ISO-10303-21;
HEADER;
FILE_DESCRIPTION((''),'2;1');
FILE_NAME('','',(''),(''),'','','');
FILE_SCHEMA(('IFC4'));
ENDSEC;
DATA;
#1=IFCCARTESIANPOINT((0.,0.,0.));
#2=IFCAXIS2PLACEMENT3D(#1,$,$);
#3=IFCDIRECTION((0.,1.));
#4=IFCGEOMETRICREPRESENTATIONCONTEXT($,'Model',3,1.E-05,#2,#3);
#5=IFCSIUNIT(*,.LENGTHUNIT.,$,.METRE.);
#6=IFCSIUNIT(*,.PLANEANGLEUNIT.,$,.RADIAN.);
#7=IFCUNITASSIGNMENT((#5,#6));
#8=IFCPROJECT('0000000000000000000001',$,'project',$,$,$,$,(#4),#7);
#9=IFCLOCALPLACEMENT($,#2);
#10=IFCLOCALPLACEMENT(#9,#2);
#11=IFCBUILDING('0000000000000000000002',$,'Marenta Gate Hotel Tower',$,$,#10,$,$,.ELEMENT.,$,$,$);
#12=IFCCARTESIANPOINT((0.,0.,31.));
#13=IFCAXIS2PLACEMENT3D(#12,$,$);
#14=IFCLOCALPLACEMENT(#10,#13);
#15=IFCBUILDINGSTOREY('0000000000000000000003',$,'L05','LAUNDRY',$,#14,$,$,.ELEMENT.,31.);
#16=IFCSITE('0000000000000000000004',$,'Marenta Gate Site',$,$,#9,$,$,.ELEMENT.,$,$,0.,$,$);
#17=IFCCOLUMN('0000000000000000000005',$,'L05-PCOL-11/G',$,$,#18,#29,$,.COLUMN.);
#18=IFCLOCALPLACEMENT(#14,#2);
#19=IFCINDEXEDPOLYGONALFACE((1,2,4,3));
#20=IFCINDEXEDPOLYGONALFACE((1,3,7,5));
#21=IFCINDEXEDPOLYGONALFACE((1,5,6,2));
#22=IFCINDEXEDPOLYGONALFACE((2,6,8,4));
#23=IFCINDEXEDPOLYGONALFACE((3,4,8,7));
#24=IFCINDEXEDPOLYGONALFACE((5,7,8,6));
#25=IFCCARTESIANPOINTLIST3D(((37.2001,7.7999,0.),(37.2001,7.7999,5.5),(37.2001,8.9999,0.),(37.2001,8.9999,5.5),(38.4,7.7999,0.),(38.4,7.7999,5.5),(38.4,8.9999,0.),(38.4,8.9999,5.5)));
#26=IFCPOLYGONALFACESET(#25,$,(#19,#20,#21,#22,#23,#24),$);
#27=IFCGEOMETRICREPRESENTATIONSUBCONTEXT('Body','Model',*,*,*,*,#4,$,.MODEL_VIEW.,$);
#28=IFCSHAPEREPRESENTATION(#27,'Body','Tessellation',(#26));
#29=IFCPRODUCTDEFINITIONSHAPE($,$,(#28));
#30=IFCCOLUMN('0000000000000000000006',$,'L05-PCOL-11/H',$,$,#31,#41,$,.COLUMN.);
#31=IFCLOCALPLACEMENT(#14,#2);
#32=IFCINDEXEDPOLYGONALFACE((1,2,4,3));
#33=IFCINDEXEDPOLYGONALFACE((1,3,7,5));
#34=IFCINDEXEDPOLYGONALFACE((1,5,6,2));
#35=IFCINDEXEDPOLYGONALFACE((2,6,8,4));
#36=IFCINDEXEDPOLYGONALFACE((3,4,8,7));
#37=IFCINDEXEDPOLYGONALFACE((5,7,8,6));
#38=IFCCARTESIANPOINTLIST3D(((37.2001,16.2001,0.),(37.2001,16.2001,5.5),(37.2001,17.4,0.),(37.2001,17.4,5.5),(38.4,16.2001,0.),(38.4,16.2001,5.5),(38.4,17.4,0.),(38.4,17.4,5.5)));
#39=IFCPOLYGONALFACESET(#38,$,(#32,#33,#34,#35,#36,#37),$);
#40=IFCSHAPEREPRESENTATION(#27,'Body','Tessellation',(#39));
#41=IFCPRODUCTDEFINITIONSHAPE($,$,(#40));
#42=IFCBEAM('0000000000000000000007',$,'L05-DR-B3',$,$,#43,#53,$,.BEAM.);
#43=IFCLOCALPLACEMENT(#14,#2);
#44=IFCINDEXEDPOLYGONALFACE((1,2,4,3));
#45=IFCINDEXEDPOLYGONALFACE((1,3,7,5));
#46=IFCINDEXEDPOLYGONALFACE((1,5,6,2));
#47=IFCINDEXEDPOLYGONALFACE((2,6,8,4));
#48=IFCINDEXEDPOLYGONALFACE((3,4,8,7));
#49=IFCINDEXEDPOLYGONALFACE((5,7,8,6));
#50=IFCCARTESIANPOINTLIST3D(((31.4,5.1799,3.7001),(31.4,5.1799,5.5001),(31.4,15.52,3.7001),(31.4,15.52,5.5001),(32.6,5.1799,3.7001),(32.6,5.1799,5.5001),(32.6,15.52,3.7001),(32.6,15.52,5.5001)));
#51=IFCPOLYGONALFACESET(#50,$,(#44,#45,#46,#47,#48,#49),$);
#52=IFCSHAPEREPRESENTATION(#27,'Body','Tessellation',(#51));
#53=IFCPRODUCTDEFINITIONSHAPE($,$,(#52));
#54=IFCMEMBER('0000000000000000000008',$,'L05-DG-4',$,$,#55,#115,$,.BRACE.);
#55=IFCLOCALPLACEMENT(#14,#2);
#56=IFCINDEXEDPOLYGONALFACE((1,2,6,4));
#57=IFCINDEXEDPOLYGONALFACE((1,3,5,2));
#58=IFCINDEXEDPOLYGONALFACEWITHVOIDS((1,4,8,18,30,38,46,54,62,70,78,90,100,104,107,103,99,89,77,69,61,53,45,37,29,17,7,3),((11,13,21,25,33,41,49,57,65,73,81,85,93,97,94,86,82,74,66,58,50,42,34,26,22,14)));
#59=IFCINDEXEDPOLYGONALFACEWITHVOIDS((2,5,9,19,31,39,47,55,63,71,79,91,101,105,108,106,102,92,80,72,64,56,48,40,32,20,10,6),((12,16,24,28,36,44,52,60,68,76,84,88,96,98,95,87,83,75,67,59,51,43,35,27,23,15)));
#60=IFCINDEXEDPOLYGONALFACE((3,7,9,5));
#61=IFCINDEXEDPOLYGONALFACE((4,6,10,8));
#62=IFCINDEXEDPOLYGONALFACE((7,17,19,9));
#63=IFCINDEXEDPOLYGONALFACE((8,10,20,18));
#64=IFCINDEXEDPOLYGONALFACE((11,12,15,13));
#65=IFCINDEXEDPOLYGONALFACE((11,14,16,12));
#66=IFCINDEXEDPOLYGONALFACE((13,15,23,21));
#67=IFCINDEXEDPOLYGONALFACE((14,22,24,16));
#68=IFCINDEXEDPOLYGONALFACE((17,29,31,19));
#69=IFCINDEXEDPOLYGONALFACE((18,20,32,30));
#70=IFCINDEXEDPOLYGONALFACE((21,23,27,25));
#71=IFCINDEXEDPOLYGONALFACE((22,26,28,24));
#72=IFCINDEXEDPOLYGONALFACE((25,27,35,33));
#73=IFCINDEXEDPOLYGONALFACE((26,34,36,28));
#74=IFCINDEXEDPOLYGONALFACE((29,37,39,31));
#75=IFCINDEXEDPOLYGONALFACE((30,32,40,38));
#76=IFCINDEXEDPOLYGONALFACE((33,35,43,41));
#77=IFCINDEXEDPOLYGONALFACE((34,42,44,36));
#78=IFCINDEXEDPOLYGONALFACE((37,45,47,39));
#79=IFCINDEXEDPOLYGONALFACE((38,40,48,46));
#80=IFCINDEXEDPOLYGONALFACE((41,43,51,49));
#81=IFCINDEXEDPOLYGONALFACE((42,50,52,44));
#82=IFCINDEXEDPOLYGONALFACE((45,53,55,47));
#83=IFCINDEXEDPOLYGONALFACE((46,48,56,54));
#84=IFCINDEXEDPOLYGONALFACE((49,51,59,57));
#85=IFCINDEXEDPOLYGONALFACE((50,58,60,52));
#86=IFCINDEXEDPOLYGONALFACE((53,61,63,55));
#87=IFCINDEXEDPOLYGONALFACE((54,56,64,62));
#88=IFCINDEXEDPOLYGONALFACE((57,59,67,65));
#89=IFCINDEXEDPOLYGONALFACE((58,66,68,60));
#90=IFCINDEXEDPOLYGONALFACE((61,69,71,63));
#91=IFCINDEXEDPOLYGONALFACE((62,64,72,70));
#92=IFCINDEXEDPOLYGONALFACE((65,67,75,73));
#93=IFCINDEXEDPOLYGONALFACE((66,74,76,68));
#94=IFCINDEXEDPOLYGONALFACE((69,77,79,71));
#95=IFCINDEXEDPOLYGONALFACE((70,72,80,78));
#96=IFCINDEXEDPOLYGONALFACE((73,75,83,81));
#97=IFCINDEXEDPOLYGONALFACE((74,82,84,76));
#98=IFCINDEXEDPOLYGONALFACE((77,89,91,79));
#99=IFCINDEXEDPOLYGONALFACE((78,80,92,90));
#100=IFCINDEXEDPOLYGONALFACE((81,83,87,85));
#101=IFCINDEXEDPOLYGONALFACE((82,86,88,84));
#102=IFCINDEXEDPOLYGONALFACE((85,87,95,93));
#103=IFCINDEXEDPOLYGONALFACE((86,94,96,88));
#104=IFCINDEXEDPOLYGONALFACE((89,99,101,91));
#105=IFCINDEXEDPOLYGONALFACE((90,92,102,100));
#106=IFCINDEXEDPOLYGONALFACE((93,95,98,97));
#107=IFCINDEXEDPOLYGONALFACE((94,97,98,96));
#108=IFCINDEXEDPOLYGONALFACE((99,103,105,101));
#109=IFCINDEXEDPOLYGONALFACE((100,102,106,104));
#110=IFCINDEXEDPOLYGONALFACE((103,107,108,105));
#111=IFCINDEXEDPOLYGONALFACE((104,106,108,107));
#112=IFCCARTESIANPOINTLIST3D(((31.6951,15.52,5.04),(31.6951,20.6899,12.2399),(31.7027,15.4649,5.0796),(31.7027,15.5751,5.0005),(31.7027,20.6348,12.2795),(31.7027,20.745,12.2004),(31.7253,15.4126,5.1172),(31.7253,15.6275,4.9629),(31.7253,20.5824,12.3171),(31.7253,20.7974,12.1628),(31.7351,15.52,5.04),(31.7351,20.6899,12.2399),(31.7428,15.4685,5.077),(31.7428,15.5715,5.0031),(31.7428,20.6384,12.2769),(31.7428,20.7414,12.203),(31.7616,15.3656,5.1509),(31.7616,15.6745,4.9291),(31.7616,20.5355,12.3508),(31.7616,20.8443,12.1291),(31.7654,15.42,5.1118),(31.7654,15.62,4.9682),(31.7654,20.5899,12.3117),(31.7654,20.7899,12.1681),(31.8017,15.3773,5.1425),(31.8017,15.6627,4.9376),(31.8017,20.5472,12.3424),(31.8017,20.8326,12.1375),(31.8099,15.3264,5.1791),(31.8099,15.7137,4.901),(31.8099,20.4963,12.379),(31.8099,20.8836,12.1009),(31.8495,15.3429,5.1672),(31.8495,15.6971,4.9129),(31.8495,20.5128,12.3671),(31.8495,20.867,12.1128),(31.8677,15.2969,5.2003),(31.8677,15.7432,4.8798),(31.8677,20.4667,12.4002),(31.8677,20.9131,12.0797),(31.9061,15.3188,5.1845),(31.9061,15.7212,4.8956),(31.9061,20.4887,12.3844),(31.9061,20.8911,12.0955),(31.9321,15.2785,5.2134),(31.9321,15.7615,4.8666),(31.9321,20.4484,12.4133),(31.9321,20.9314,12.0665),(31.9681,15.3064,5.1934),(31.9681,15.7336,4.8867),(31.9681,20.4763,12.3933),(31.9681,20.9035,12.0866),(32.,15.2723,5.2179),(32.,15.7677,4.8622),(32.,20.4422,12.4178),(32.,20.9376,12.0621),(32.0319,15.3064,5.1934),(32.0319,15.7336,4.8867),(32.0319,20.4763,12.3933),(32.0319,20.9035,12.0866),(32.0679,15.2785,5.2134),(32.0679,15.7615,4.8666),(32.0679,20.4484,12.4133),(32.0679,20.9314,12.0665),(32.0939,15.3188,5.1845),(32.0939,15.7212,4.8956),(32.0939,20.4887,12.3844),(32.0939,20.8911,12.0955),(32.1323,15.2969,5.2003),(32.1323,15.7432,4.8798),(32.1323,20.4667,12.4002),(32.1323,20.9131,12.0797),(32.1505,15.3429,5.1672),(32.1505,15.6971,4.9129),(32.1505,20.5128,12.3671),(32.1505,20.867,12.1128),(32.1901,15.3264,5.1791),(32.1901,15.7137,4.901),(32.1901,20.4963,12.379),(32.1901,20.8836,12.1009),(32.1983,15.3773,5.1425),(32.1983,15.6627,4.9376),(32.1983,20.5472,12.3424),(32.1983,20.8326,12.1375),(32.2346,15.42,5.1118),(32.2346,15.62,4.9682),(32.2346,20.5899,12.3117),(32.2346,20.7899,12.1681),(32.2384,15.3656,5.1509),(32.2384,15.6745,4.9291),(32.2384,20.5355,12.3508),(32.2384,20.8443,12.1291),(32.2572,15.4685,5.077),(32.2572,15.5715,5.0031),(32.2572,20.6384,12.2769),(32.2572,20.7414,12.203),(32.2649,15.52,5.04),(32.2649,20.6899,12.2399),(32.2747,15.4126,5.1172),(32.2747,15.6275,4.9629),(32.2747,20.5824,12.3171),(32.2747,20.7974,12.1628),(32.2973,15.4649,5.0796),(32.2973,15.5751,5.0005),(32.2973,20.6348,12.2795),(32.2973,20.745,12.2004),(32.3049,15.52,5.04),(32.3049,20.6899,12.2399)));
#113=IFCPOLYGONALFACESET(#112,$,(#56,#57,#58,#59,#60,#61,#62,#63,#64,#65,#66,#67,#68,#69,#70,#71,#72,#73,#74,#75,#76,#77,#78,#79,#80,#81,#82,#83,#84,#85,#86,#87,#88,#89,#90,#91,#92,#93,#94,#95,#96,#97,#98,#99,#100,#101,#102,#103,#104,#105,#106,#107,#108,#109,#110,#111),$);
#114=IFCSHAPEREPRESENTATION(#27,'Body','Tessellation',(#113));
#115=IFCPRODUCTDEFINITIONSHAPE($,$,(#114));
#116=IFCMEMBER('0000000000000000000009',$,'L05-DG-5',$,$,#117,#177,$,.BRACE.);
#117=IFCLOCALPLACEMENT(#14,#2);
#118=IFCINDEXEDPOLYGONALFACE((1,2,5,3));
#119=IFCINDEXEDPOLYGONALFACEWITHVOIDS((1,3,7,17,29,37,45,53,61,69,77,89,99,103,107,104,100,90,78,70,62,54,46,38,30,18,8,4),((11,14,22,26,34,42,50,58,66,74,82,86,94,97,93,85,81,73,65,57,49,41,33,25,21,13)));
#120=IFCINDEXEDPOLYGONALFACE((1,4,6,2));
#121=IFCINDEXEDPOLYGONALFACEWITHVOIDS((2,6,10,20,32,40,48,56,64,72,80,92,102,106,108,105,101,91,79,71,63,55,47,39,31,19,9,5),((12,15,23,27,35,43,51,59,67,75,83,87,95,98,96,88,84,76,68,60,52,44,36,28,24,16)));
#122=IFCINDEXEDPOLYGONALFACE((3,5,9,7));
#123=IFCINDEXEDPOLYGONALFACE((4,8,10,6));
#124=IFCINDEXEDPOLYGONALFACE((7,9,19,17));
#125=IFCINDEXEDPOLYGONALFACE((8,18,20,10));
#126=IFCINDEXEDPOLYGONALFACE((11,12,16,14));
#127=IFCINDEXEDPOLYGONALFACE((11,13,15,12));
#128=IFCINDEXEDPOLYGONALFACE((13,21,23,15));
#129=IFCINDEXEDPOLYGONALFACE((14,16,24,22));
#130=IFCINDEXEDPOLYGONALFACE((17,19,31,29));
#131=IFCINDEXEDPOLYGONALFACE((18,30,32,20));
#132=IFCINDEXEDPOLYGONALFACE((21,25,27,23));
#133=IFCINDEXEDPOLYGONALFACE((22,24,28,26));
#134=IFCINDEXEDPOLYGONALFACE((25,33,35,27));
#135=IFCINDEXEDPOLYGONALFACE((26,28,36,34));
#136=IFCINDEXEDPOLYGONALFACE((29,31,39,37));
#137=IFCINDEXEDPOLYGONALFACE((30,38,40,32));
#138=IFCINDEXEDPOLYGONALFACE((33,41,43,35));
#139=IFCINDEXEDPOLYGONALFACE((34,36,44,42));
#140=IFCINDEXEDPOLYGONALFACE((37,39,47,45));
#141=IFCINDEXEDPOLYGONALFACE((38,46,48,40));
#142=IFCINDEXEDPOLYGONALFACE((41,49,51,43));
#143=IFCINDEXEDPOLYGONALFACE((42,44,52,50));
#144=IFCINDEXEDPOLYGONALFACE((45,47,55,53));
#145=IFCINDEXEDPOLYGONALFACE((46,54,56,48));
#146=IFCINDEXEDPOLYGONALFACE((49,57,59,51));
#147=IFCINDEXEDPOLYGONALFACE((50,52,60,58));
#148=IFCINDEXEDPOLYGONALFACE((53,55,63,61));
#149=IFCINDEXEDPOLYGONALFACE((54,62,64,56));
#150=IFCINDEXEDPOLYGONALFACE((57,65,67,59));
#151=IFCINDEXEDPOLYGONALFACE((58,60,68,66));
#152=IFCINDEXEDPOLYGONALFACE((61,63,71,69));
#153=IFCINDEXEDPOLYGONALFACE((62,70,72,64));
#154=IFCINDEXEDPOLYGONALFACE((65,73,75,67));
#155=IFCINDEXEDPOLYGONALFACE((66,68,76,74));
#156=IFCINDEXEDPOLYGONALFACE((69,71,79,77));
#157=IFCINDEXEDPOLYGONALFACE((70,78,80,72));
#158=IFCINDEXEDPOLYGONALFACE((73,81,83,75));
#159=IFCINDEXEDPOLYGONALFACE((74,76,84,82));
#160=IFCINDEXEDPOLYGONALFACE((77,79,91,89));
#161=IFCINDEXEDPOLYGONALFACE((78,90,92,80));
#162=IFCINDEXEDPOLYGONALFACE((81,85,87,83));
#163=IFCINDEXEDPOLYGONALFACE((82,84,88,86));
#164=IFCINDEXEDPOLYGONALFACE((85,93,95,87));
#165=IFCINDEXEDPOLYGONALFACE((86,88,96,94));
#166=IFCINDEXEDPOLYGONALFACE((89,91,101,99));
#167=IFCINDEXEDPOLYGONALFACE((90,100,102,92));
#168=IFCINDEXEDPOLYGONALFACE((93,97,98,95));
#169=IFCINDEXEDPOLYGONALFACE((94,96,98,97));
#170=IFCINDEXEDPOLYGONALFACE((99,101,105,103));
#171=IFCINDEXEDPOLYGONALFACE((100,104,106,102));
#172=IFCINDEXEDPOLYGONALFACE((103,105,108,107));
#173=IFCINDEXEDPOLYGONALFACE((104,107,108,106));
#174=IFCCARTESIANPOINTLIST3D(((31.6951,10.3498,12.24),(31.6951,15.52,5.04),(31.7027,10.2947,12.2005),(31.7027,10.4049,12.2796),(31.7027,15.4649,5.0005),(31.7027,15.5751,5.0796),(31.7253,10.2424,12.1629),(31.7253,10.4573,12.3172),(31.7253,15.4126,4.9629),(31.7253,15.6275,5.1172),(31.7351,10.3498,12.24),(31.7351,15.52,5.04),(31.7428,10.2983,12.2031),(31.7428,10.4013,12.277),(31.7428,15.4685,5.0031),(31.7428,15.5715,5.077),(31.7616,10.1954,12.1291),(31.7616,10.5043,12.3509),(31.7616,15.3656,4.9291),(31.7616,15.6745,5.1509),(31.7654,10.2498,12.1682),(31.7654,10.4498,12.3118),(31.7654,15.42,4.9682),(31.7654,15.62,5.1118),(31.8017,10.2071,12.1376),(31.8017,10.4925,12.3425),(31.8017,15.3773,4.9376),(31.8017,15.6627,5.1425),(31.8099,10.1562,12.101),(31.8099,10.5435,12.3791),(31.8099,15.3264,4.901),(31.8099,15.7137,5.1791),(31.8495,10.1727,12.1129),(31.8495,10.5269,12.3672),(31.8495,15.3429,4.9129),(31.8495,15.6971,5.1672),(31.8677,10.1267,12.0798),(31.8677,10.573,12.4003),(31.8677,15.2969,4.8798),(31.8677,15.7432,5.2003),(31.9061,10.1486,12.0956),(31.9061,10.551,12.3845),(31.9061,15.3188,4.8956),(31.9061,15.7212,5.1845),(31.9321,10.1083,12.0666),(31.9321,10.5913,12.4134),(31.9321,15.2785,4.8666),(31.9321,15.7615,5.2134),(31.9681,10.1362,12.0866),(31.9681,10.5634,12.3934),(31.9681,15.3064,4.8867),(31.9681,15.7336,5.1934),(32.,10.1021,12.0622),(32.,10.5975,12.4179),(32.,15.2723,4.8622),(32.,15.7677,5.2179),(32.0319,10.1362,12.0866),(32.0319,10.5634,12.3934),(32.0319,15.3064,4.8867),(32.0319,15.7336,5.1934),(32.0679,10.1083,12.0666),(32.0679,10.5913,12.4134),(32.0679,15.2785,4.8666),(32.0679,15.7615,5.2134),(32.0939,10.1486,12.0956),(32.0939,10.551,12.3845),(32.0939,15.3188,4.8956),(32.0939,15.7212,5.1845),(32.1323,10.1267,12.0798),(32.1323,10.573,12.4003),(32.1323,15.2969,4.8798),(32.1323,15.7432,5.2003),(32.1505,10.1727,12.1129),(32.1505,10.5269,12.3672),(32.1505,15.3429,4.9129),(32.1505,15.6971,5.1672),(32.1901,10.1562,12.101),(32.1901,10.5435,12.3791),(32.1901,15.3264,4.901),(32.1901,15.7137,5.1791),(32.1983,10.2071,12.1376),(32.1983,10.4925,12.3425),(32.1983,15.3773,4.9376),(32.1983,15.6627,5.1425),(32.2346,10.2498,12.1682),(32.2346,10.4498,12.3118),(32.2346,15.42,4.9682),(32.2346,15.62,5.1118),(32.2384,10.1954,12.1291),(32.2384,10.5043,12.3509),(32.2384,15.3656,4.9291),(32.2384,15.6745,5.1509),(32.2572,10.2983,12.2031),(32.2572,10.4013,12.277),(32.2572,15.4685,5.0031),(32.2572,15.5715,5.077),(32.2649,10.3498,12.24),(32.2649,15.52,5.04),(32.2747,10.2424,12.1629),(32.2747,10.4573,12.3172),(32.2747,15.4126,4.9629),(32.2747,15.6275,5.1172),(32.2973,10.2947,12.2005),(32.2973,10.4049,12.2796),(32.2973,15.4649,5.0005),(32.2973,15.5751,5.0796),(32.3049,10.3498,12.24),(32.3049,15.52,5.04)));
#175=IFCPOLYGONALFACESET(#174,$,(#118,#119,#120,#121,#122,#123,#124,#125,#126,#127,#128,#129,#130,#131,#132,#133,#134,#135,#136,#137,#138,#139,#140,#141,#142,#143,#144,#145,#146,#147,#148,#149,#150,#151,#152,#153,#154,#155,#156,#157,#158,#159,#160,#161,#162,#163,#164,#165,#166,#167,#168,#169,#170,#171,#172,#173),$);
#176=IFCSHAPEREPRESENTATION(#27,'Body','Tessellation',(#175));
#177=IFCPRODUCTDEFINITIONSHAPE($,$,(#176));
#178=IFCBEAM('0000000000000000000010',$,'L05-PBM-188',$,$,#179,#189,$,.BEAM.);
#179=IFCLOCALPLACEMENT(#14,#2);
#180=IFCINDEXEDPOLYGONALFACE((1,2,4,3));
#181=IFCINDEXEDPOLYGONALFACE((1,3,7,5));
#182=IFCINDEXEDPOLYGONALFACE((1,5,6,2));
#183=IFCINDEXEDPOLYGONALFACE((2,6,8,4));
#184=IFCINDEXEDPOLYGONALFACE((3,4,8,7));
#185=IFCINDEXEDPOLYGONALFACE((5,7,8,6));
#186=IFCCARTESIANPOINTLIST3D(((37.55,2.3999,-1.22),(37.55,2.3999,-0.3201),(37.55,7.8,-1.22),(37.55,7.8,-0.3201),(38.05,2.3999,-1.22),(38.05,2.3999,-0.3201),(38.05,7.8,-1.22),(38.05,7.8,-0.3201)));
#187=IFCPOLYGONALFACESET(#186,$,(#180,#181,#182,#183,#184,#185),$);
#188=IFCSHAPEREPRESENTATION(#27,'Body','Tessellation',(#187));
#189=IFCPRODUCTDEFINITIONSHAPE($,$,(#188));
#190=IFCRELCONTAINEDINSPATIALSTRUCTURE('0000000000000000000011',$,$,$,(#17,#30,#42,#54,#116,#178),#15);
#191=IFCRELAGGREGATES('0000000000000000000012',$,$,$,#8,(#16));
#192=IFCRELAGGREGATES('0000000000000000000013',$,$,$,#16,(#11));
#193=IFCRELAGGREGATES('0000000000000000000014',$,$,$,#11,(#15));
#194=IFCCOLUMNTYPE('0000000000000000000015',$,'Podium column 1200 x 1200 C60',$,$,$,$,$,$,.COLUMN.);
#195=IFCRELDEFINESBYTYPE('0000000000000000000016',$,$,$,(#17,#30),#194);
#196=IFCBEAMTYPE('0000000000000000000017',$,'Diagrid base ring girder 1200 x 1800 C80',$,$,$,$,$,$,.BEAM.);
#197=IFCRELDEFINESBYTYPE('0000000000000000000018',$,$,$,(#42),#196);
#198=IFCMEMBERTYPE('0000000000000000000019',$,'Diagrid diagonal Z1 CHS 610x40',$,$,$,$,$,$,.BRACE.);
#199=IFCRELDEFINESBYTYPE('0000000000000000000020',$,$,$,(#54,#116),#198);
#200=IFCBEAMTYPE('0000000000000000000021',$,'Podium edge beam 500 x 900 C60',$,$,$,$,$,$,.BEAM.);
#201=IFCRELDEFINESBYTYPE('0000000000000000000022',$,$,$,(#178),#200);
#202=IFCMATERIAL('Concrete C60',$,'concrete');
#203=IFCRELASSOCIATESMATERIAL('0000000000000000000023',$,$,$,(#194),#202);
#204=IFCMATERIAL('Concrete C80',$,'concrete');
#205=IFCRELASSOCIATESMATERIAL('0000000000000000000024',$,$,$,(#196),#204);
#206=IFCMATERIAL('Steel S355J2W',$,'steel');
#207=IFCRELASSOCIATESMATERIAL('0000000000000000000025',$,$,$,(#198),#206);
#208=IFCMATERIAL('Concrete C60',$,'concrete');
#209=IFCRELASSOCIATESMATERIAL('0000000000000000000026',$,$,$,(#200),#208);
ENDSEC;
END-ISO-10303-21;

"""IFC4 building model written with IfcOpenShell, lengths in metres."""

from ifc_helpers import new_model, si_unit, direction, frame, origin, origin_2d, place, context, subcontext, project, spatial, rectangle, hollow_circle, extrude, material, material_profile, profile_set, type_object, element, save


model = new_model("IFC4")

# Units and contexts
model_context = context("Model", 3, precision=1e-05, world=origin(), true_north=direction((0.0, 1.0)))
body_context = subcontext(model_context, "Body", "Model", "MODEL_VIEW")
ifc_project = project(units=[si_unit("LENGTHUNIT", "METRE"), si_unit("PLANEANGLEUNIT", "RADIAN")], contexts=[model_context])

# Site, building, storey
site_placement = place(None, origin())
site = spatial("IfcSite", under=ifc_project, at=site_placement, Name="Marenta Gate Site", CompositionType="ELEMENT", RefElevation=0.0)
building_placement = place(site_placement, origin())
building = spatial("IfcBuilding", under=site, at=building_placement, Name="Marenta Gate Hotel Tower", CompositionType="ELEMENT")
storey_placement = place(building_placement, frame((0.0, 0.0, 31.0)))
storey = spatial("IfcBuildingStorey", under=building, at=storey_placement, Name="L05", Description="LAUNDRY", CompositionType="ELEMENT", Elevation=31.0)

# Columns
ifc_material_1 = material(Name="Concrete C60", Category="concrete")
ifc_material_profile_1 = material_profile(ifc_material_1, rectangle(XDim=1.2, YDim=1.2, at=origin_2d()), Name="1200 x 1200")
ifc_profile_set_1 = profile_set([ifc_material_profile_1], Name="Concrete C60")
column_type = type_object("IfcColumnType", Name="Podium column 1200 x 1200 C60", PredefinedType="COLUMN", material=ifc_profile_set_1)
for number, where, z_axis, x_axis, name in (
    (1, (37.8, 8.3999, 0.0), (0.0, 0.0, 1.0), (1.0, 0.0, 0.0), "L05-PCOL-11/G"),
    (2, (37.8, 16.8, 0.0), (0.0, 0.0, 1.0), (1.0, 0.0, 0.0), "L05-PCOL-11/H"),
):
    element("IfcColumn", number, at=place(storey_placement, frame(where, z_axis=z_axis, x_axis=x_axis)), inside=storey, type_object=column_type, Name=name, PredefinedType="COLUMN", context=body_context, shape_type="SweptSolid", body=[
        extrude(rectangle(XDim=1.2, YDim=1.2, at=origin_2d()), origin(), (0.0, 0.0, 1.0), 5.5),
    ])

# Beam
ifc_material_2 = material(Name="Concrete C80", Category="concrete")
ifc_material_profile_2 = material_profile(ifc_material_2, rectangle(XDim=1.2, YDim=1.8, at=origin_2d()), Name="1200 x 1800")
ifc_profile_set_2 = profile_set([ifc_material_profile_2], Name="Concrete C80")
beam_type_1 = type_object("IfcBeamType", Name="Diagrid base ring girder 1200 x 1800 C80", PredefinedType="BEAM", material=ifc_profile_set_2)
beam_1_placement = place(storey_placement, frame((32.0, 15.52, 4.6001), z_axis=(0.0, -1.0, 0.0), x_axis=(1.0, 0.0, 0.0)))
element("IfcBeam", 3, at=beam_1_placement, inside=storey, type_object=beam_type_1, Name="L05-DR-B3", PredefinedType="BEAM", context=body_context, shape_type="SweptSolid", body=[
    extrude(rectangle(XDim=1.2, YDim=1.8, at=origin_2d()), origin(), (0.0, 0.0, 1.0), 10.3401),
])

# Members
ifc_material_3 = material(Name="Steel S355J2W", Category="steel")
ifc_material_profile_3 = material_profile(ifc_material_3, hollow_circle(Radius=0.3049, WallThickness=0.04, at=origin_2d()), Name="CHS 610x40")
ifc_profile_set_3 = profile_set([ifc_material_profile_3], Name="Steel S355J2W")
member_type = type_object("IfcMemberType", Name="Diagrid diagonal Z1 CHS 610x40", PredefinedType="BRACE", material=ifc_profile_set_3)
member_1_placement = place(storey_placement, frame((32.0, 15.52, 5.04), z_axis=(0.0, 0.583261, 0.812285), x_axis=(-1.0, 0.0, 0.0)))
element("IfcMember", 4, at=member_1_placement, inside=storey, type_object=member_type, Name="L05-DG-4", PredefinedType="BRACE", context=body_context, shape_type="SweptSolid", body=[
    extrude(hollow_circle(Radius=0.3049, WallThickness=0.04, at=origin_2d()), origin(), (0.0, 0.0, 1.0), 8.8638),
])
member_2_placement = place(storey_placement, frame((32.0, 15.52, 5.04), z_axis=(0.0, -0.583279, 0.812272), x_axis=(1.0, 0.0, 0.0)))
element("IfcMember", 5, at=member_2_placement, inside=storey, type_object=member_type, Name="L05-DG-5", PredefinedType="BRACE", context=body_context, shape_type="SweptSolid", body=[
    extrude(hollow_circle(Radius=0.3049, WallThickness=0.04, at=origin_2d()), origin(), (0.0, 0.0, 1.0), 8.864),
])

# Beam
ifc_material_4 = material(Name="Concrete C60", Category="concrete")
ifc_material_profile_4 = material_profile(ifc_material_4, rectangle(XDim=0.5, YDim=0.8999, at=origin_2d()), Name="500 x 900")
ifc_profile_set_4 = profile_set([ifc_material_profile_4], Name="Concrete C60")
beam_type_2 = type_object("IfcBeamType", Name="Podium edge beam 500 x 900 C60", PredefinedType="BEAM", material=ifc_profile_set_4)
beam_2_placement = place(storey_placement, frame((37.8, 2.3999, -0.77), z_axis=(0.0, 1.0, 0.0), x_axis=(-1.0, 0.0, 0.0)))
element("IfcBeam", 6, at=beam_2_placement, inside=storey, type_object=beam_type_2, Name="L05-PBM-188", PredefinedType="BEAM", context=body_context, shape_type="SweptSolid", body=[
    extrude(rectangle(XDim=0.5, YDim=0.8999, at=origin_2d()), origin(), (0.0, 0.0, 1.0), 5.4001),
])

save(model, "model.ifc")
